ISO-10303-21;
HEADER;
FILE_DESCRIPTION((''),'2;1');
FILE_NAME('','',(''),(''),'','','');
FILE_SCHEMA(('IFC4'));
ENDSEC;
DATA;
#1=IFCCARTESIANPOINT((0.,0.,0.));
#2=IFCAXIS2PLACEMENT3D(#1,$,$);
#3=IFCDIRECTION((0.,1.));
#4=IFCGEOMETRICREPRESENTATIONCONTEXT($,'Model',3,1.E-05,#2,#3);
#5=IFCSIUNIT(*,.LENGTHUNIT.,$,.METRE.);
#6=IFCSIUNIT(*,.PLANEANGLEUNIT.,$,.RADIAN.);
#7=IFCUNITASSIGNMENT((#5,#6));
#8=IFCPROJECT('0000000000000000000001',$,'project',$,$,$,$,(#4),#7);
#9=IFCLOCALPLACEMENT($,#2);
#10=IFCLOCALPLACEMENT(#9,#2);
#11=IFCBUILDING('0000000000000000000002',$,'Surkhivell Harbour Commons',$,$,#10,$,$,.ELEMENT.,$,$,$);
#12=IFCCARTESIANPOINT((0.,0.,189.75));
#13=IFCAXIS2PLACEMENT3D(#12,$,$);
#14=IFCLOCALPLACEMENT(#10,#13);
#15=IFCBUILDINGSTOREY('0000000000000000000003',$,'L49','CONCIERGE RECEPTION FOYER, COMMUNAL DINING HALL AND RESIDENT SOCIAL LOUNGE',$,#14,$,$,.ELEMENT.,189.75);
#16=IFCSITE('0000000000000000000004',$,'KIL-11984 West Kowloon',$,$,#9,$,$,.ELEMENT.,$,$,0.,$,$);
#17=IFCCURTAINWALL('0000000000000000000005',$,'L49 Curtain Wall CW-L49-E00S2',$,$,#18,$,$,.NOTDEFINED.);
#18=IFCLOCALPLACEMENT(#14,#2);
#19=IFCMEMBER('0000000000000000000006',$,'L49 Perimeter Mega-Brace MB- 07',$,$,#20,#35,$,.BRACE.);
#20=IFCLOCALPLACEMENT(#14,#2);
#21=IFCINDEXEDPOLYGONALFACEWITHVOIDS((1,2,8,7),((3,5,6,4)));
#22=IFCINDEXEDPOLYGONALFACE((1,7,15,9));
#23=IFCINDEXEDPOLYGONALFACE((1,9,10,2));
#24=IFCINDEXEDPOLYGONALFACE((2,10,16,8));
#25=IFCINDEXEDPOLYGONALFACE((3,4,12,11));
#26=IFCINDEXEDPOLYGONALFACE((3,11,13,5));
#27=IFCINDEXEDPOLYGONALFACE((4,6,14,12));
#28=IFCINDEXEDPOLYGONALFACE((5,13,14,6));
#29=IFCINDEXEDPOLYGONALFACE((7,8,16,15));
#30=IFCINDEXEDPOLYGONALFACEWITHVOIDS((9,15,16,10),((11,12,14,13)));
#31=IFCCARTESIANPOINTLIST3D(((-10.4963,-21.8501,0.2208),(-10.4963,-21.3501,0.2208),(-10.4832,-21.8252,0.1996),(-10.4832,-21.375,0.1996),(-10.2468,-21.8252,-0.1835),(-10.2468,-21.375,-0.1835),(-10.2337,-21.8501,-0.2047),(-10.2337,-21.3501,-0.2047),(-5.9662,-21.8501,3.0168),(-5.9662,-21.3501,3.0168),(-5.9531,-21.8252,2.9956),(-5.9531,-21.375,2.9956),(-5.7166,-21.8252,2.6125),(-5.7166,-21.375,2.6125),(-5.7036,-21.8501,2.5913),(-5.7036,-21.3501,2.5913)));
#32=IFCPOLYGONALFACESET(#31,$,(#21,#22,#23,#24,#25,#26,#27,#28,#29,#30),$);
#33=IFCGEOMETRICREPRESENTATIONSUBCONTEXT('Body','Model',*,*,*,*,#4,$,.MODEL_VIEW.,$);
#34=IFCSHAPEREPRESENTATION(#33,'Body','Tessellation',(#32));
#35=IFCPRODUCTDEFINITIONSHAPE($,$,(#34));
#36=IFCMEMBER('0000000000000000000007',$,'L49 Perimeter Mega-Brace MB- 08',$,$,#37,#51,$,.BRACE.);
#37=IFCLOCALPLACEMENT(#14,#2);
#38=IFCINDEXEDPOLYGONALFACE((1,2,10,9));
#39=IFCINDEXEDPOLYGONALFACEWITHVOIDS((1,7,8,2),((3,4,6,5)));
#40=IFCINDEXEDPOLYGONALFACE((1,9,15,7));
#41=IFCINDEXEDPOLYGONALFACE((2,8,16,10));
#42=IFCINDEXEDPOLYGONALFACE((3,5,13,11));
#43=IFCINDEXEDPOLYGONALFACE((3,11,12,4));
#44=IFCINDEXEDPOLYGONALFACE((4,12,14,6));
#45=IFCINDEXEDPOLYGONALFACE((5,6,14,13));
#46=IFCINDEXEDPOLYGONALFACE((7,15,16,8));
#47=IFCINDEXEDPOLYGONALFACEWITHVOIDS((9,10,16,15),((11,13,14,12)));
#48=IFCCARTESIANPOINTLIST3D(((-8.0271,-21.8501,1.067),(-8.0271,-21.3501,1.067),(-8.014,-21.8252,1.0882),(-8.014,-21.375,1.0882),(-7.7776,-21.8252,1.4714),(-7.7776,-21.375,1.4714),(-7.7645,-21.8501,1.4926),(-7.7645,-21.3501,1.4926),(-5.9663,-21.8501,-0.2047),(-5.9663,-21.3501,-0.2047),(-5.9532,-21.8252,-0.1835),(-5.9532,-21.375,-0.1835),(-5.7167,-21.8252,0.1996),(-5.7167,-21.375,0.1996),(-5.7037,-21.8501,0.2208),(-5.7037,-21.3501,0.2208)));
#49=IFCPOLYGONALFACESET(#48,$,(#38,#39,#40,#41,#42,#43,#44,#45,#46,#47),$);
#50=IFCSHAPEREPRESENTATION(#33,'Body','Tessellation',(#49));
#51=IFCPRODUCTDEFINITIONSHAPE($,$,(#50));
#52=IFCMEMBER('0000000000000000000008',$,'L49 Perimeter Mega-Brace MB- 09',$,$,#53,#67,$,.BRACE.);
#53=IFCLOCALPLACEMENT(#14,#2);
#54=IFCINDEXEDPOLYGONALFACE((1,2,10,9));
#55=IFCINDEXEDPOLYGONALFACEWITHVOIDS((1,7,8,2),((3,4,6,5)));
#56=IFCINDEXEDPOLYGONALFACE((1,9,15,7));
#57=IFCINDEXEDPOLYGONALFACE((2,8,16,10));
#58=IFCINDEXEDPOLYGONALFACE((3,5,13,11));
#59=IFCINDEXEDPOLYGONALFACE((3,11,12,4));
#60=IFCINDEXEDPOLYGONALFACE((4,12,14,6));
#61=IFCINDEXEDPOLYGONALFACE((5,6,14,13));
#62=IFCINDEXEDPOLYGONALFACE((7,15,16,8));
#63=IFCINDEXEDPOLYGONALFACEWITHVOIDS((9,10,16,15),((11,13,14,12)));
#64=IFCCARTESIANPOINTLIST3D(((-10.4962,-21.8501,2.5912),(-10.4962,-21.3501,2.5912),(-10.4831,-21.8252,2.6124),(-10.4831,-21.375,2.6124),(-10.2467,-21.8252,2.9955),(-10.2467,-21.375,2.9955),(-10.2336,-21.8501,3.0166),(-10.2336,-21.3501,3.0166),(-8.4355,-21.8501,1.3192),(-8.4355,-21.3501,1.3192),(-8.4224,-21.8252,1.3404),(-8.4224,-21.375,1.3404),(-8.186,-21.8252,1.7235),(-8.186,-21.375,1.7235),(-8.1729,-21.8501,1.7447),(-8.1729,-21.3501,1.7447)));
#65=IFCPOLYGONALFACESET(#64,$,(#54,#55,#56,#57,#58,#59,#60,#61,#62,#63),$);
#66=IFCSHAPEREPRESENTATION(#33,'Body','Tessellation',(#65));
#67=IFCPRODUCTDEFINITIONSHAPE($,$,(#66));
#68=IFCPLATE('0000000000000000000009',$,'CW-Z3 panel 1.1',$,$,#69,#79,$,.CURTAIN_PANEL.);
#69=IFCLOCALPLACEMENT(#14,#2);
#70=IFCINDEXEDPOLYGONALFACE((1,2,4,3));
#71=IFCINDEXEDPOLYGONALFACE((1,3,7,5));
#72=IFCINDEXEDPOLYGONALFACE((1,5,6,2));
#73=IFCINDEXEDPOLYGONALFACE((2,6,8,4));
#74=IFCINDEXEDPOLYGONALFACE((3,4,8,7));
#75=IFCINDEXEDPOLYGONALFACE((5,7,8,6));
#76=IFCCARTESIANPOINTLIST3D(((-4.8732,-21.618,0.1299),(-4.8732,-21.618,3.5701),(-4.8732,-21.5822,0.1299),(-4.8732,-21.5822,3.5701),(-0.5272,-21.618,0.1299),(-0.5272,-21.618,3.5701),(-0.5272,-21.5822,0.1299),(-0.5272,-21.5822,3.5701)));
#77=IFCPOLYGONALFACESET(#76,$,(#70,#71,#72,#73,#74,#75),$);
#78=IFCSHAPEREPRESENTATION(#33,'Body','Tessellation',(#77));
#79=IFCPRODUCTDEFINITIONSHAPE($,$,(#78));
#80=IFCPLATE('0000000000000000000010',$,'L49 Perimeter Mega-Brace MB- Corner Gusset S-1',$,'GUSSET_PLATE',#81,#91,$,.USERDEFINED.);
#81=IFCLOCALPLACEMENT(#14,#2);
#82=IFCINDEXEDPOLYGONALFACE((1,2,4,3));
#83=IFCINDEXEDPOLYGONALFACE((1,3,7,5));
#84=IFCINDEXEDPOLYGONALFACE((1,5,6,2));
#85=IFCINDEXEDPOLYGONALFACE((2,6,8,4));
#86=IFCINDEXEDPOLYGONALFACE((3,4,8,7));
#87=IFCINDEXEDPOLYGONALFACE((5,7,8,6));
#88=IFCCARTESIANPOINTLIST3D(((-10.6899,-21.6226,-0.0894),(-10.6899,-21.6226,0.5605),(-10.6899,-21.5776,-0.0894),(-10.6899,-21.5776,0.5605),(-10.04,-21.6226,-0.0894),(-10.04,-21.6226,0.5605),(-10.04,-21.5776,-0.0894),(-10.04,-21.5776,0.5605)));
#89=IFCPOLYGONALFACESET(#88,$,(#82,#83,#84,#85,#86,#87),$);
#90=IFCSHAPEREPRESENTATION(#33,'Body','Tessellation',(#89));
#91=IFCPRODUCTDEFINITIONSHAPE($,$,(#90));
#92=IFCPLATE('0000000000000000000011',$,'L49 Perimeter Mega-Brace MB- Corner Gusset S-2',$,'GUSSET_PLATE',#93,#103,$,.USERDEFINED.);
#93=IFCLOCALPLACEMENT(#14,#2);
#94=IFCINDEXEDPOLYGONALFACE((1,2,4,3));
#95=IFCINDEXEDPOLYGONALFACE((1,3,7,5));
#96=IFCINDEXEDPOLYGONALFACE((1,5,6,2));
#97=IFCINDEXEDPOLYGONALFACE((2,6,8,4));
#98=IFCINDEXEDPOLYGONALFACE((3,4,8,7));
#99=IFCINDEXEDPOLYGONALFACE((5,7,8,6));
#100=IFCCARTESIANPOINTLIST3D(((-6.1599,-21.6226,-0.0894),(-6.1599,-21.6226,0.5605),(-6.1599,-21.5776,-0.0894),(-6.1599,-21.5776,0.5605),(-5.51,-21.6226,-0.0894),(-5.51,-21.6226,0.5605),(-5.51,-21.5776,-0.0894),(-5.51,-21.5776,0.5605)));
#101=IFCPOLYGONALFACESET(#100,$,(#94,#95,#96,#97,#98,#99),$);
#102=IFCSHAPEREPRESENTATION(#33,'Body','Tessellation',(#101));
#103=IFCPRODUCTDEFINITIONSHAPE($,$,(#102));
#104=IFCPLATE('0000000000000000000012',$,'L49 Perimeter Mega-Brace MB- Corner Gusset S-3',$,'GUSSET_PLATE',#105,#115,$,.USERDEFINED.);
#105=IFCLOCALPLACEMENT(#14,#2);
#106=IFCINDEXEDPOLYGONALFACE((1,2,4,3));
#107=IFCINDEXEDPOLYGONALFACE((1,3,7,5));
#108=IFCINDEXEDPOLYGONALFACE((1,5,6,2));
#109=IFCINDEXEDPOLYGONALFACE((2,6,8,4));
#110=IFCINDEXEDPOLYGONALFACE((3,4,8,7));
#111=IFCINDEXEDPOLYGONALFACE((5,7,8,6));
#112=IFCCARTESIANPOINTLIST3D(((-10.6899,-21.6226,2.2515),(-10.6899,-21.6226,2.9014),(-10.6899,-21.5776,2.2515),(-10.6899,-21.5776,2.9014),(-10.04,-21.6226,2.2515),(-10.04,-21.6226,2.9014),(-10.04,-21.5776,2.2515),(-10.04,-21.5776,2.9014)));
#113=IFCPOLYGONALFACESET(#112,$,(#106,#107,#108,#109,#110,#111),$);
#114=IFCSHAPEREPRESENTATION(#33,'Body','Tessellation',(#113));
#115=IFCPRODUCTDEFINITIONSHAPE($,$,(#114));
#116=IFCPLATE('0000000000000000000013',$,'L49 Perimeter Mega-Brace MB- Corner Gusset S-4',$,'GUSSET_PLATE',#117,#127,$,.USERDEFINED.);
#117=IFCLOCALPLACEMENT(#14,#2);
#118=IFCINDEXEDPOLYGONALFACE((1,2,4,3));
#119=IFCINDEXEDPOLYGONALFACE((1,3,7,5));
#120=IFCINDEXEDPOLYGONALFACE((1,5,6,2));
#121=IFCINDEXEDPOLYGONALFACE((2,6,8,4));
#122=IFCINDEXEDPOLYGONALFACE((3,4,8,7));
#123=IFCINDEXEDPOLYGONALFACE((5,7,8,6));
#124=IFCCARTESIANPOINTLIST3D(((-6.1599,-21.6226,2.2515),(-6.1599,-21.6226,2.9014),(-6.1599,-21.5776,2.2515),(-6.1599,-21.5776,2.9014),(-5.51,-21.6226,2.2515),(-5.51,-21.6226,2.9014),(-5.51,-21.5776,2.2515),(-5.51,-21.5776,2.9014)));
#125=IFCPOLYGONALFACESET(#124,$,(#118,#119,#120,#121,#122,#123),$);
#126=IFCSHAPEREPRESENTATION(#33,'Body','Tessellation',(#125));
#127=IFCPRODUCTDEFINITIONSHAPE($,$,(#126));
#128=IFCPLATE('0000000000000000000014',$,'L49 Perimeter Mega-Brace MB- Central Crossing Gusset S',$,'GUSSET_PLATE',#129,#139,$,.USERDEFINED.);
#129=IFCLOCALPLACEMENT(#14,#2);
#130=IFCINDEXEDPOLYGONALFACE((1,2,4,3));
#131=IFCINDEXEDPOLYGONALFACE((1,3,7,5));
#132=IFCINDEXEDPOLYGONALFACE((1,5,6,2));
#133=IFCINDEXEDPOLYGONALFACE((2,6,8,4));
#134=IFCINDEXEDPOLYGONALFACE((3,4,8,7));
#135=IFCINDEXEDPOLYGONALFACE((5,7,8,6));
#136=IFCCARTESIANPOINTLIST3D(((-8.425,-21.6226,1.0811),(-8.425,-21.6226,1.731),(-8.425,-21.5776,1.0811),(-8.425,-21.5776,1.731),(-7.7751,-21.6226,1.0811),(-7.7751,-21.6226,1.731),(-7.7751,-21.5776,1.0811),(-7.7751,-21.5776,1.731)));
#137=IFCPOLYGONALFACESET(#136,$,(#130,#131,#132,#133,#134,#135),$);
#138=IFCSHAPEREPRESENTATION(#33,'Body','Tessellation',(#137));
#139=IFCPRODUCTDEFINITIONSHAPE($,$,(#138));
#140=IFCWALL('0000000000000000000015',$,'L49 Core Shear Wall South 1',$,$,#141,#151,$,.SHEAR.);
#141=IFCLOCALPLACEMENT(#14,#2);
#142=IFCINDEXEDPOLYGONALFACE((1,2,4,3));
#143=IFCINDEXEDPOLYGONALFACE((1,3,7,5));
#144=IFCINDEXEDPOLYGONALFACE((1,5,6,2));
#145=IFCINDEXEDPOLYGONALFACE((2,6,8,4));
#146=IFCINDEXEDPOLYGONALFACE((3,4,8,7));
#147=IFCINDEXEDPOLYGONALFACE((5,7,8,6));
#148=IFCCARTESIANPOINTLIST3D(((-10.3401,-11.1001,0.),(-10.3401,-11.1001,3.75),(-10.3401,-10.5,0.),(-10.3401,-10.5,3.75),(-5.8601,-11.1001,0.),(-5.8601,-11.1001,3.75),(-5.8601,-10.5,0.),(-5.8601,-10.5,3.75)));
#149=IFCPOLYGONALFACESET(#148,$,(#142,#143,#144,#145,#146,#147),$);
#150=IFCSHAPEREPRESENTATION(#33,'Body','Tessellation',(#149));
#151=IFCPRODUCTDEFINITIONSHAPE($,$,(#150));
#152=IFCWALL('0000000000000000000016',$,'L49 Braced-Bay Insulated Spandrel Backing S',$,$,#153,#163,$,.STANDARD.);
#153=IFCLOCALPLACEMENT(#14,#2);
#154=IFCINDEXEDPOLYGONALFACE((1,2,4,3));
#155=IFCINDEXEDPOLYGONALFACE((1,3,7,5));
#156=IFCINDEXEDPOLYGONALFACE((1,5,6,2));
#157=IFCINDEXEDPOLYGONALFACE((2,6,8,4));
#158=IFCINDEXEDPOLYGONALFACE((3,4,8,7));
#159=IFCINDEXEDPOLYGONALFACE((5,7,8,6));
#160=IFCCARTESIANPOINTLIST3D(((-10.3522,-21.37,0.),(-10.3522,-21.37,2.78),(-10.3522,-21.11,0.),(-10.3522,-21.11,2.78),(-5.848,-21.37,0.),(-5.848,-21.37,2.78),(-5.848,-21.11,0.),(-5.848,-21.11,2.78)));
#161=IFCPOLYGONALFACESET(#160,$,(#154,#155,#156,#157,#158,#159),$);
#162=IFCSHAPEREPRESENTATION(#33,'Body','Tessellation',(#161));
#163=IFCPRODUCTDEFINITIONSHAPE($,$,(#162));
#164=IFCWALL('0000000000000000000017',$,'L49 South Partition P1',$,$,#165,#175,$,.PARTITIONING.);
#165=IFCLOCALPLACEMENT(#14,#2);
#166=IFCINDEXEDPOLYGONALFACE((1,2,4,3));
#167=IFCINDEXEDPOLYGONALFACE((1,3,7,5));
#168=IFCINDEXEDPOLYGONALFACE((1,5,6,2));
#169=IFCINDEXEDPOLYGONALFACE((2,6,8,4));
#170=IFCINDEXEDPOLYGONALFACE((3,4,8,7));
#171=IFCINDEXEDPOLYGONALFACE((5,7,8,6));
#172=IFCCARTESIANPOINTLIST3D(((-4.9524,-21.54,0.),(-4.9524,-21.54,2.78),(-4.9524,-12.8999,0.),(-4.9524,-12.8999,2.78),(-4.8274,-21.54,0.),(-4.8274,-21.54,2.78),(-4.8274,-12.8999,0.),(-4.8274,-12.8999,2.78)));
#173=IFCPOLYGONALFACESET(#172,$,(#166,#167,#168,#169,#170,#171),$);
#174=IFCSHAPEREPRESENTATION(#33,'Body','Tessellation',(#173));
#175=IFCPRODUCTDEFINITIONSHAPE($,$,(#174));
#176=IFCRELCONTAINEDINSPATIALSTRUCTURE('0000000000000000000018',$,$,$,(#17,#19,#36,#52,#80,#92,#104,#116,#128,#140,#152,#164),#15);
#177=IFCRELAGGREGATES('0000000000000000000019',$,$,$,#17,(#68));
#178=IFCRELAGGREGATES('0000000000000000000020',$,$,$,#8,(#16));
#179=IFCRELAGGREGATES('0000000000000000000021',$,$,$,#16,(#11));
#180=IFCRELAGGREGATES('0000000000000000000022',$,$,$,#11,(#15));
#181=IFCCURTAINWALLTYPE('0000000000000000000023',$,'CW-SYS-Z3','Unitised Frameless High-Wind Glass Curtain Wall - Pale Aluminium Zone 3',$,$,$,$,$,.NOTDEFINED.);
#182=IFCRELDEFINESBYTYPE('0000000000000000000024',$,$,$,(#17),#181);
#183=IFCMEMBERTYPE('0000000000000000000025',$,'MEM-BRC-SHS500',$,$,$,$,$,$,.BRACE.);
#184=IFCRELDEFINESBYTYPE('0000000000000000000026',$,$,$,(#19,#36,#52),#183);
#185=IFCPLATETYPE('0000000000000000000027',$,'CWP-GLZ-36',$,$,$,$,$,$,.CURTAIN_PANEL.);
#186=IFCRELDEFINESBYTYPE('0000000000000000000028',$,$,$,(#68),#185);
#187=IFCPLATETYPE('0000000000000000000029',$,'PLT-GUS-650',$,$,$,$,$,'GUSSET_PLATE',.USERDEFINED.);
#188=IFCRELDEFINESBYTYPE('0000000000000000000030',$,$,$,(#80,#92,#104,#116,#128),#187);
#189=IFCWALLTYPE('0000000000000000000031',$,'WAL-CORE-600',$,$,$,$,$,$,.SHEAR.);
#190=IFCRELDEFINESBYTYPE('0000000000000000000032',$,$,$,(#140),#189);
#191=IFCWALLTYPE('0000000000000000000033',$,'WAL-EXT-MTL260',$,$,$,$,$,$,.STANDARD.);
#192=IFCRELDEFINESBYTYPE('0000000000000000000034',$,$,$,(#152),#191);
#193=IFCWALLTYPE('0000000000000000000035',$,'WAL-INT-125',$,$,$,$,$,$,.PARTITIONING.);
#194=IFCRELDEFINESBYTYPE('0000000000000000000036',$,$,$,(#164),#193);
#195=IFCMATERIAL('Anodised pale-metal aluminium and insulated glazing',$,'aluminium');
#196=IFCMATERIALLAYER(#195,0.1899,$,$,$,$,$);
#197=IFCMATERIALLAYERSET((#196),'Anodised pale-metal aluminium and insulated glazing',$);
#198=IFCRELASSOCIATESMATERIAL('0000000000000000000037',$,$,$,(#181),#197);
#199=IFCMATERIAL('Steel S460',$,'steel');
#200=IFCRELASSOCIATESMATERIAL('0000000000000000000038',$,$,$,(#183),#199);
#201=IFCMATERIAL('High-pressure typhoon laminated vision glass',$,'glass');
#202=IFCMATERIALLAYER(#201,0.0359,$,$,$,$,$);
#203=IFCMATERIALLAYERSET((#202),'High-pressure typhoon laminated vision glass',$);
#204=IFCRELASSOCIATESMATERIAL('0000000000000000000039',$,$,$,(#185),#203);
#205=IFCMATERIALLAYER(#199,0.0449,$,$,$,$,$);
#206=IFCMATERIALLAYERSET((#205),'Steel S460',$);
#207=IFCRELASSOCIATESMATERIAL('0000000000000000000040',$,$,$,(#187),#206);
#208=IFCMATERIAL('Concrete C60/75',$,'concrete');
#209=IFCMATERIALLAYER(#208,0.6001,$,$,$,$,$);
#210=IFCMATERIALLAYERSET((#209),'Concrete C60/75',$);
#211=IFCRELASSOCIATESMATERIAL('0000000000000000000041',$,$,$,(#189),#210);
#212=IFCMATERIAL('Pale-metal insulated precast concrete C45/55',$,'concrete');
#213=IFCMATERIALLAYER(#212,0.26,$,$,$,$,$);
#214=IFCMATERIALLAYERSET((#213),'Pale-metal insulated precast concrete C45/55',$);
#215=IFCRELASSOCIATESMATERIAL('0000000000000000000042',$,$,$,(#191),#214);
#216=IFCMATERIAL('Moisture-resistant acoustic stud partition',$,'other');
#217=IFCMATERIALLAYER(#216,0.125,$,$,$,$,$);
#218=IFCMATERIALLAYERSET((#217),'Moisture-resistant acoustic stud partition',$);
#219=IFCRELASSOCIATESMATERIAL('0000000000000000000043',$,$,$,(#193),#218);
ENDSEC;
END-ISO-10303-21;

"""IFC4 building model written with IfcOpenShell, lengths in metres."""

from ifc_helpers import new_model, si_unit, direction, frame, frame_2d, origin, origin_2d, place, context, subcontext, project, spatial, rectangle, hollow_rectangle, extrude, material, layer, layer_set, material_profile, profile_set, type_object, element, aggregate, save


model = new_model("IFC4")

# Units and contexts
model_context = context("Model", 3, precision=1e-05, world=origin(), true_north=direction((0.0, 1.0)))
body_context = subcontext(model_context, "Body", "Model", "MODEL_VIEW")
ifc_project = project(units=[si_unit("LENGTHUNIT", "METRE"), si_unit("PLANEANGLEUNIT", "RADIAN")], contexts=[model_context])

# Site, building, storey
site_placement = place(None, origin())
site = spatial("IfcSite", under=ifc_project, at=site_placement, Name="KIL-11984 West Kowloon", CompositionType="ELEMENT", RefElevation=0.0)
building_placement = place(site_placement, origin())
building = spatial("IfcBuilding", under=site, at=building_placement, Name="Surkhivell Harbour Commons", CompositionType="ELEMENT")
storey_placement = place(building_placement, frame((0.0, 0.0, 189.75)))
storey = spatial("IfcBuildingStorey", under=building, at=storey_placement, Name="L49", Description="CONCIERGE RECEPTION FOYER, COMMUNAL DINING HALL AND RESIDENT SOCIAL LOUNGE", CompositionType="ELEMENT", Elevation=189.75)

# Shared definitions
ifc_material_1 = material(Name="Concrete C60/75", Category="concrete")

# Shared definitions
ifc_material_2 = material(Name="Anodised pale-metal aluminium and insulated glazing", Category="aluminium")
ifc_layer_1 = layer(ifc_material_2, 0.1899)
ifc_layer_set_1 = layer_set([ifc_layer_1], Name="Anodised pale-metal aluminium and insulated glazing")
curtain_wall_type = type_object("IfcCurtainWallType", Name="CW-SYS-Z3", Description="Unitised Frameless High-Wind Glass Curtain Wall - Pale Aluminium Zone 3", PredefinedType="NOTDEFINED", material=ifc_layer_set_1)

# Curtain wall
curtain_wall_1_placement = place(storey_placement, origin())
curtain_wall_1 = element("IfcCurtainWall", 1, at=curtain_wall_1_placement, inside=storey, type_object=curtain_wall_type, Name="L49 Curtain Wall CW-L49-E00S2", PredefinedType="NOTDEFINED")

# Members
ifc_material_3 = material(Name="Steel S460", Category="steel")
ifc_material_profile_1 = material_profile(ifc_material_3, hollow_rectangle(XDim=0.5, YDim=0.5, WallThickness=0.0249, at=origin_2d()), Name="SHS500x500x25")
ifc_profile_set_1 = profile_set([ifc_material_profile_1], Name="Steel S460")
member_type_1 = type_object("IfcMemberType", Name="MEM-BRC-SHS500", PredefinedType="BRACE", material=ifc_profile_set_1)
member_1_placement = place(storey_placement, frame((-10.365, -21.6001, 0.0081), z_axis=(0.850971, 0.0, 0.525213), x_axis=(0.0, 1.0, 0.0)))
element("IfcMember", 2, at=member_1_placement, inside=storey, type_object=member_type_1, Name="L49 Perimeter Mega-Brace MB- 07", PredefinedType="BRACE", context=body_context, shape_type="SweptSolid", body=[
    extrude(hollow_rectangle(XDim=0.5, YDim=0.5, WallThickness=0.0249, at=origin_2d()), origin(), (0.0, 0.0, 1.0), 5.3235),
])
for number, where, z_axis, x_axis, name in (
    (3, (-5.835, -21.6001, 0.0081), (-0.851003, 0.0, 0.52516), (0.0, -1.0, 0.0), "L49 Perimeter Mega-Brace MB- 08"),
    (4, (-8.3042, -21.6001, 1.532), (-0.850958, 0.0, 0.525233), (0.0, -1.0, 0.0), "L49 Perimeter Mega-Brace MB- 09"),
):
    element("IfcMember", number, at=place(storey_placement, frame(where, z_axis=z_axis, x_axis=x_axis)), inside=storey, type_object=member_type_1, Name=name, PredefinedType="BRACE", context=body_context, shape_type="SweptSolid", body=[
        extrude(hollow_rectangle(XDim=0.5, YDim=0.5, WallThickness=0.0249, at=origin_2d()), origin(), (0.0, 0.0, 1.0), 2.4216),
    ])

# Plate
ifc_material_4 = material(Name="High-pressure typhoon laminated vision glass", Category="glass")
ifc_layer_2 = layer(ifc_material_4, 0.0359)
ifc_layer_set_2 = layer_set([ifc_layer_2], Name="High-pressure typhoon laminated vision glass")
plate_type_1 = type_object("IfcPlateType", Name="CWP-GLZ-36", PredefinedType="CURTAIN_PANEL", material=ifc_layer_set_2)
plate_placement = place(storey_placement, frame((-4.873, -21.6001, 0.1299), z_axis=(0.0, 0.0, 1.0), x_axis=(1.0, 0.0, 0.0)))
plate = element("IfcPlate", 5, at=plate_placement, type_object=plate_type_1, Name="CW-Z3 panel 1.1", PredefinedType="CURTAIN_PANEL", context=body_context, shape_type="SweptSolid", body=[
    extrude(rectangle(XDim=4.3459, YDim=0.0359, at=frame_2d((2.1729, 0.0))), origin(), (0.0, 0.0, 1.0), 3.4402),
])
aggregate(curtain_wall_1, [plate])

# Plates
ifc_layer_3 = layer(ifc_material_3, 0.0449)
ifc_layer_set_3 = layer_set([ifc_layer_3], Name="Steel S460")
plate_type_2 = type_object("IfcPlateType", Name="PLT-GUS-650", ElementType="GUSSET_PLATE", PredefinedType="USERDEFINED", material=ifc_layer_set_3)
for number, where, z_axis, x_axis, name in (
    (6, (-10.365, -21.6001, -0.0894), (0.0, 0.0, 1.0), (1.0, 0.0, 0.0), "L49 Perimeter Mega-Brace MB- Corner Gusset S-1"),
    (7, (-5.835, -21.6001, -0.0894), (0.0, 0.0, 1.0), (1.0, 0.0, 0.0), "L49 Perimeter Mega-Brace MB- Corner Gusset S-2"),
    (8, (-10.365, -21.6001, 2.2515), (0.0, 0.0, 1.0), (1.0, 0.0, 0.0), "L49 Perimeter Mega-Brace MB- Corner Gusset S-3"),
    (9, (-5.835, -21.6001, 2.2515), (0.0, 0.0, 1.0), (1.0, 0.0, 0.0), "L49 Perimeter Mega-Brace MB- Corner Gusset S-4"),
    (10, (-8.1001, -21.6001, 1.0811), (0.0, 0.0, 1.0), (1.0, 0.0, 0.0), "L49 Perimeter Mega-Brace MB- Central Crossing Gusset S"),
):
    element("IfcPlate", number, at=place(storey_placement, frame(where, z_axis=z_axis, x_axis=x_axis)), inside=storey, type_object=plate_type_2, Name=name, ObjectType="GUSSET_PLATE", PredefinedType="USERDEFINED", context=body_context, shape_type="SweptSolid", body=[
        extrude(rectangle(XDim=0.6499, YDim=0.0449, at=origin_2d()), origin(), (0.0, 0.0, 1.0), 0.6499),
    ])

# Walls
ifc_layer_4 = layer(ifc_material_1, 0.6001)
ifc_layer_set_4 = layer_set([ifc_layer_4], Name="Concrete C60/75")
wall_type_1 = type_object("IfcWallType", Name="WAL-CORE-600", PredefinedType="SHEAR", material=ifc_layer_set_4)
wall_1_placement = place(storey_placement, frame((-10.3401, -10.8, 0.0), z_axis=(0.0, 0.0, 1.0), x_axis=(1.0, 0.0, 0.0)))
element("IfcWall", 11, at=wall_1_placement, inside=storey, type_object=wall_type_1, Name="L49 Core Shear Wall South 1", PredefinedType="SHEAR", context=body_context, shape_type="SweptSolid", body=[
    extrude(rectangle(XDim=4.48, YDim=0.6001, at=frame_2d((2.24, 0.0))), origin(), (0.0, 0.0, 1.0), 3.75),
])
ifc_material_5 = material(Name="Pale-metal insulated precast concrete C45/55", Category="concrete")
ifc_layer_5 = layer(ifc_material_5, 0.26)
ifc_layer_set_5 = layer_set([ifc_layer_5], Name="Pale-metal insulated precast concrete C45/55")
wall_type_2 = type_object("IfcWallType", Name="WAL-EXT-MTL260", PredefinedType="STANDARD", material=ifc_layer_set_5)
wall_2_placement = place(storey_placement, frame((-10.3521, -21.24, 0.0), z_axis=(0.0, 0.0, 1.0), x_axis=(1.0, 0.0, 0.0)))
element("IfcWall", 12, at=wall_2_placement, inside=storey, type_object=wall_type_2, Name="L49 Braced-Bay Insulated Spandrel Backing S", PredefinedType="STANDARD", context=body_context, shape_type="SweptSolid", body=[
    extrude(rectangle(XDim=4.5042, YDim=0.26, at=frame_2d((2.252, 0.0))), origin(), (0.0, 0.0, 1.0), 2.78),
])
ifc_material_6 = material(Name="Moisture-resistant acoustic stud partition", Category="other")
ifc_layer_6 = layer(ifc_material_6, 0.125)
ifc_layer_set_6 = layer_set([ifc_layer_6], Name="Moisture-resistant acoustic stud partition")
wall_type_3 = type_object("IfcWallType", Name="WAL-INT-125", PredefinedType="PARTITIONING", material=ifc_layer_set_6)
wall_3_placement = place(storey_placement, frame((-4.8899, -21.54, 0.0), z_axis=(0.0, 0.0, 1.0), x_axis=(0.0, 1.0, 0.0)))
element("IfcWall", 13, at=wall_3_placement, inside=storey, type_object=wall_type_3, Name="L49 South Partition P1", PredefinedType="PARTITIONING", context=body_context, shape_type="SweptSolid", body=[
    extrude(rectangle(XDim=8.6401, YDim=0.125, at=frame_2d((4.3201, 0.0))), origin(), (0.0, 0.0, 1.0), 2.78),
])

save(model, "model.ifc")
